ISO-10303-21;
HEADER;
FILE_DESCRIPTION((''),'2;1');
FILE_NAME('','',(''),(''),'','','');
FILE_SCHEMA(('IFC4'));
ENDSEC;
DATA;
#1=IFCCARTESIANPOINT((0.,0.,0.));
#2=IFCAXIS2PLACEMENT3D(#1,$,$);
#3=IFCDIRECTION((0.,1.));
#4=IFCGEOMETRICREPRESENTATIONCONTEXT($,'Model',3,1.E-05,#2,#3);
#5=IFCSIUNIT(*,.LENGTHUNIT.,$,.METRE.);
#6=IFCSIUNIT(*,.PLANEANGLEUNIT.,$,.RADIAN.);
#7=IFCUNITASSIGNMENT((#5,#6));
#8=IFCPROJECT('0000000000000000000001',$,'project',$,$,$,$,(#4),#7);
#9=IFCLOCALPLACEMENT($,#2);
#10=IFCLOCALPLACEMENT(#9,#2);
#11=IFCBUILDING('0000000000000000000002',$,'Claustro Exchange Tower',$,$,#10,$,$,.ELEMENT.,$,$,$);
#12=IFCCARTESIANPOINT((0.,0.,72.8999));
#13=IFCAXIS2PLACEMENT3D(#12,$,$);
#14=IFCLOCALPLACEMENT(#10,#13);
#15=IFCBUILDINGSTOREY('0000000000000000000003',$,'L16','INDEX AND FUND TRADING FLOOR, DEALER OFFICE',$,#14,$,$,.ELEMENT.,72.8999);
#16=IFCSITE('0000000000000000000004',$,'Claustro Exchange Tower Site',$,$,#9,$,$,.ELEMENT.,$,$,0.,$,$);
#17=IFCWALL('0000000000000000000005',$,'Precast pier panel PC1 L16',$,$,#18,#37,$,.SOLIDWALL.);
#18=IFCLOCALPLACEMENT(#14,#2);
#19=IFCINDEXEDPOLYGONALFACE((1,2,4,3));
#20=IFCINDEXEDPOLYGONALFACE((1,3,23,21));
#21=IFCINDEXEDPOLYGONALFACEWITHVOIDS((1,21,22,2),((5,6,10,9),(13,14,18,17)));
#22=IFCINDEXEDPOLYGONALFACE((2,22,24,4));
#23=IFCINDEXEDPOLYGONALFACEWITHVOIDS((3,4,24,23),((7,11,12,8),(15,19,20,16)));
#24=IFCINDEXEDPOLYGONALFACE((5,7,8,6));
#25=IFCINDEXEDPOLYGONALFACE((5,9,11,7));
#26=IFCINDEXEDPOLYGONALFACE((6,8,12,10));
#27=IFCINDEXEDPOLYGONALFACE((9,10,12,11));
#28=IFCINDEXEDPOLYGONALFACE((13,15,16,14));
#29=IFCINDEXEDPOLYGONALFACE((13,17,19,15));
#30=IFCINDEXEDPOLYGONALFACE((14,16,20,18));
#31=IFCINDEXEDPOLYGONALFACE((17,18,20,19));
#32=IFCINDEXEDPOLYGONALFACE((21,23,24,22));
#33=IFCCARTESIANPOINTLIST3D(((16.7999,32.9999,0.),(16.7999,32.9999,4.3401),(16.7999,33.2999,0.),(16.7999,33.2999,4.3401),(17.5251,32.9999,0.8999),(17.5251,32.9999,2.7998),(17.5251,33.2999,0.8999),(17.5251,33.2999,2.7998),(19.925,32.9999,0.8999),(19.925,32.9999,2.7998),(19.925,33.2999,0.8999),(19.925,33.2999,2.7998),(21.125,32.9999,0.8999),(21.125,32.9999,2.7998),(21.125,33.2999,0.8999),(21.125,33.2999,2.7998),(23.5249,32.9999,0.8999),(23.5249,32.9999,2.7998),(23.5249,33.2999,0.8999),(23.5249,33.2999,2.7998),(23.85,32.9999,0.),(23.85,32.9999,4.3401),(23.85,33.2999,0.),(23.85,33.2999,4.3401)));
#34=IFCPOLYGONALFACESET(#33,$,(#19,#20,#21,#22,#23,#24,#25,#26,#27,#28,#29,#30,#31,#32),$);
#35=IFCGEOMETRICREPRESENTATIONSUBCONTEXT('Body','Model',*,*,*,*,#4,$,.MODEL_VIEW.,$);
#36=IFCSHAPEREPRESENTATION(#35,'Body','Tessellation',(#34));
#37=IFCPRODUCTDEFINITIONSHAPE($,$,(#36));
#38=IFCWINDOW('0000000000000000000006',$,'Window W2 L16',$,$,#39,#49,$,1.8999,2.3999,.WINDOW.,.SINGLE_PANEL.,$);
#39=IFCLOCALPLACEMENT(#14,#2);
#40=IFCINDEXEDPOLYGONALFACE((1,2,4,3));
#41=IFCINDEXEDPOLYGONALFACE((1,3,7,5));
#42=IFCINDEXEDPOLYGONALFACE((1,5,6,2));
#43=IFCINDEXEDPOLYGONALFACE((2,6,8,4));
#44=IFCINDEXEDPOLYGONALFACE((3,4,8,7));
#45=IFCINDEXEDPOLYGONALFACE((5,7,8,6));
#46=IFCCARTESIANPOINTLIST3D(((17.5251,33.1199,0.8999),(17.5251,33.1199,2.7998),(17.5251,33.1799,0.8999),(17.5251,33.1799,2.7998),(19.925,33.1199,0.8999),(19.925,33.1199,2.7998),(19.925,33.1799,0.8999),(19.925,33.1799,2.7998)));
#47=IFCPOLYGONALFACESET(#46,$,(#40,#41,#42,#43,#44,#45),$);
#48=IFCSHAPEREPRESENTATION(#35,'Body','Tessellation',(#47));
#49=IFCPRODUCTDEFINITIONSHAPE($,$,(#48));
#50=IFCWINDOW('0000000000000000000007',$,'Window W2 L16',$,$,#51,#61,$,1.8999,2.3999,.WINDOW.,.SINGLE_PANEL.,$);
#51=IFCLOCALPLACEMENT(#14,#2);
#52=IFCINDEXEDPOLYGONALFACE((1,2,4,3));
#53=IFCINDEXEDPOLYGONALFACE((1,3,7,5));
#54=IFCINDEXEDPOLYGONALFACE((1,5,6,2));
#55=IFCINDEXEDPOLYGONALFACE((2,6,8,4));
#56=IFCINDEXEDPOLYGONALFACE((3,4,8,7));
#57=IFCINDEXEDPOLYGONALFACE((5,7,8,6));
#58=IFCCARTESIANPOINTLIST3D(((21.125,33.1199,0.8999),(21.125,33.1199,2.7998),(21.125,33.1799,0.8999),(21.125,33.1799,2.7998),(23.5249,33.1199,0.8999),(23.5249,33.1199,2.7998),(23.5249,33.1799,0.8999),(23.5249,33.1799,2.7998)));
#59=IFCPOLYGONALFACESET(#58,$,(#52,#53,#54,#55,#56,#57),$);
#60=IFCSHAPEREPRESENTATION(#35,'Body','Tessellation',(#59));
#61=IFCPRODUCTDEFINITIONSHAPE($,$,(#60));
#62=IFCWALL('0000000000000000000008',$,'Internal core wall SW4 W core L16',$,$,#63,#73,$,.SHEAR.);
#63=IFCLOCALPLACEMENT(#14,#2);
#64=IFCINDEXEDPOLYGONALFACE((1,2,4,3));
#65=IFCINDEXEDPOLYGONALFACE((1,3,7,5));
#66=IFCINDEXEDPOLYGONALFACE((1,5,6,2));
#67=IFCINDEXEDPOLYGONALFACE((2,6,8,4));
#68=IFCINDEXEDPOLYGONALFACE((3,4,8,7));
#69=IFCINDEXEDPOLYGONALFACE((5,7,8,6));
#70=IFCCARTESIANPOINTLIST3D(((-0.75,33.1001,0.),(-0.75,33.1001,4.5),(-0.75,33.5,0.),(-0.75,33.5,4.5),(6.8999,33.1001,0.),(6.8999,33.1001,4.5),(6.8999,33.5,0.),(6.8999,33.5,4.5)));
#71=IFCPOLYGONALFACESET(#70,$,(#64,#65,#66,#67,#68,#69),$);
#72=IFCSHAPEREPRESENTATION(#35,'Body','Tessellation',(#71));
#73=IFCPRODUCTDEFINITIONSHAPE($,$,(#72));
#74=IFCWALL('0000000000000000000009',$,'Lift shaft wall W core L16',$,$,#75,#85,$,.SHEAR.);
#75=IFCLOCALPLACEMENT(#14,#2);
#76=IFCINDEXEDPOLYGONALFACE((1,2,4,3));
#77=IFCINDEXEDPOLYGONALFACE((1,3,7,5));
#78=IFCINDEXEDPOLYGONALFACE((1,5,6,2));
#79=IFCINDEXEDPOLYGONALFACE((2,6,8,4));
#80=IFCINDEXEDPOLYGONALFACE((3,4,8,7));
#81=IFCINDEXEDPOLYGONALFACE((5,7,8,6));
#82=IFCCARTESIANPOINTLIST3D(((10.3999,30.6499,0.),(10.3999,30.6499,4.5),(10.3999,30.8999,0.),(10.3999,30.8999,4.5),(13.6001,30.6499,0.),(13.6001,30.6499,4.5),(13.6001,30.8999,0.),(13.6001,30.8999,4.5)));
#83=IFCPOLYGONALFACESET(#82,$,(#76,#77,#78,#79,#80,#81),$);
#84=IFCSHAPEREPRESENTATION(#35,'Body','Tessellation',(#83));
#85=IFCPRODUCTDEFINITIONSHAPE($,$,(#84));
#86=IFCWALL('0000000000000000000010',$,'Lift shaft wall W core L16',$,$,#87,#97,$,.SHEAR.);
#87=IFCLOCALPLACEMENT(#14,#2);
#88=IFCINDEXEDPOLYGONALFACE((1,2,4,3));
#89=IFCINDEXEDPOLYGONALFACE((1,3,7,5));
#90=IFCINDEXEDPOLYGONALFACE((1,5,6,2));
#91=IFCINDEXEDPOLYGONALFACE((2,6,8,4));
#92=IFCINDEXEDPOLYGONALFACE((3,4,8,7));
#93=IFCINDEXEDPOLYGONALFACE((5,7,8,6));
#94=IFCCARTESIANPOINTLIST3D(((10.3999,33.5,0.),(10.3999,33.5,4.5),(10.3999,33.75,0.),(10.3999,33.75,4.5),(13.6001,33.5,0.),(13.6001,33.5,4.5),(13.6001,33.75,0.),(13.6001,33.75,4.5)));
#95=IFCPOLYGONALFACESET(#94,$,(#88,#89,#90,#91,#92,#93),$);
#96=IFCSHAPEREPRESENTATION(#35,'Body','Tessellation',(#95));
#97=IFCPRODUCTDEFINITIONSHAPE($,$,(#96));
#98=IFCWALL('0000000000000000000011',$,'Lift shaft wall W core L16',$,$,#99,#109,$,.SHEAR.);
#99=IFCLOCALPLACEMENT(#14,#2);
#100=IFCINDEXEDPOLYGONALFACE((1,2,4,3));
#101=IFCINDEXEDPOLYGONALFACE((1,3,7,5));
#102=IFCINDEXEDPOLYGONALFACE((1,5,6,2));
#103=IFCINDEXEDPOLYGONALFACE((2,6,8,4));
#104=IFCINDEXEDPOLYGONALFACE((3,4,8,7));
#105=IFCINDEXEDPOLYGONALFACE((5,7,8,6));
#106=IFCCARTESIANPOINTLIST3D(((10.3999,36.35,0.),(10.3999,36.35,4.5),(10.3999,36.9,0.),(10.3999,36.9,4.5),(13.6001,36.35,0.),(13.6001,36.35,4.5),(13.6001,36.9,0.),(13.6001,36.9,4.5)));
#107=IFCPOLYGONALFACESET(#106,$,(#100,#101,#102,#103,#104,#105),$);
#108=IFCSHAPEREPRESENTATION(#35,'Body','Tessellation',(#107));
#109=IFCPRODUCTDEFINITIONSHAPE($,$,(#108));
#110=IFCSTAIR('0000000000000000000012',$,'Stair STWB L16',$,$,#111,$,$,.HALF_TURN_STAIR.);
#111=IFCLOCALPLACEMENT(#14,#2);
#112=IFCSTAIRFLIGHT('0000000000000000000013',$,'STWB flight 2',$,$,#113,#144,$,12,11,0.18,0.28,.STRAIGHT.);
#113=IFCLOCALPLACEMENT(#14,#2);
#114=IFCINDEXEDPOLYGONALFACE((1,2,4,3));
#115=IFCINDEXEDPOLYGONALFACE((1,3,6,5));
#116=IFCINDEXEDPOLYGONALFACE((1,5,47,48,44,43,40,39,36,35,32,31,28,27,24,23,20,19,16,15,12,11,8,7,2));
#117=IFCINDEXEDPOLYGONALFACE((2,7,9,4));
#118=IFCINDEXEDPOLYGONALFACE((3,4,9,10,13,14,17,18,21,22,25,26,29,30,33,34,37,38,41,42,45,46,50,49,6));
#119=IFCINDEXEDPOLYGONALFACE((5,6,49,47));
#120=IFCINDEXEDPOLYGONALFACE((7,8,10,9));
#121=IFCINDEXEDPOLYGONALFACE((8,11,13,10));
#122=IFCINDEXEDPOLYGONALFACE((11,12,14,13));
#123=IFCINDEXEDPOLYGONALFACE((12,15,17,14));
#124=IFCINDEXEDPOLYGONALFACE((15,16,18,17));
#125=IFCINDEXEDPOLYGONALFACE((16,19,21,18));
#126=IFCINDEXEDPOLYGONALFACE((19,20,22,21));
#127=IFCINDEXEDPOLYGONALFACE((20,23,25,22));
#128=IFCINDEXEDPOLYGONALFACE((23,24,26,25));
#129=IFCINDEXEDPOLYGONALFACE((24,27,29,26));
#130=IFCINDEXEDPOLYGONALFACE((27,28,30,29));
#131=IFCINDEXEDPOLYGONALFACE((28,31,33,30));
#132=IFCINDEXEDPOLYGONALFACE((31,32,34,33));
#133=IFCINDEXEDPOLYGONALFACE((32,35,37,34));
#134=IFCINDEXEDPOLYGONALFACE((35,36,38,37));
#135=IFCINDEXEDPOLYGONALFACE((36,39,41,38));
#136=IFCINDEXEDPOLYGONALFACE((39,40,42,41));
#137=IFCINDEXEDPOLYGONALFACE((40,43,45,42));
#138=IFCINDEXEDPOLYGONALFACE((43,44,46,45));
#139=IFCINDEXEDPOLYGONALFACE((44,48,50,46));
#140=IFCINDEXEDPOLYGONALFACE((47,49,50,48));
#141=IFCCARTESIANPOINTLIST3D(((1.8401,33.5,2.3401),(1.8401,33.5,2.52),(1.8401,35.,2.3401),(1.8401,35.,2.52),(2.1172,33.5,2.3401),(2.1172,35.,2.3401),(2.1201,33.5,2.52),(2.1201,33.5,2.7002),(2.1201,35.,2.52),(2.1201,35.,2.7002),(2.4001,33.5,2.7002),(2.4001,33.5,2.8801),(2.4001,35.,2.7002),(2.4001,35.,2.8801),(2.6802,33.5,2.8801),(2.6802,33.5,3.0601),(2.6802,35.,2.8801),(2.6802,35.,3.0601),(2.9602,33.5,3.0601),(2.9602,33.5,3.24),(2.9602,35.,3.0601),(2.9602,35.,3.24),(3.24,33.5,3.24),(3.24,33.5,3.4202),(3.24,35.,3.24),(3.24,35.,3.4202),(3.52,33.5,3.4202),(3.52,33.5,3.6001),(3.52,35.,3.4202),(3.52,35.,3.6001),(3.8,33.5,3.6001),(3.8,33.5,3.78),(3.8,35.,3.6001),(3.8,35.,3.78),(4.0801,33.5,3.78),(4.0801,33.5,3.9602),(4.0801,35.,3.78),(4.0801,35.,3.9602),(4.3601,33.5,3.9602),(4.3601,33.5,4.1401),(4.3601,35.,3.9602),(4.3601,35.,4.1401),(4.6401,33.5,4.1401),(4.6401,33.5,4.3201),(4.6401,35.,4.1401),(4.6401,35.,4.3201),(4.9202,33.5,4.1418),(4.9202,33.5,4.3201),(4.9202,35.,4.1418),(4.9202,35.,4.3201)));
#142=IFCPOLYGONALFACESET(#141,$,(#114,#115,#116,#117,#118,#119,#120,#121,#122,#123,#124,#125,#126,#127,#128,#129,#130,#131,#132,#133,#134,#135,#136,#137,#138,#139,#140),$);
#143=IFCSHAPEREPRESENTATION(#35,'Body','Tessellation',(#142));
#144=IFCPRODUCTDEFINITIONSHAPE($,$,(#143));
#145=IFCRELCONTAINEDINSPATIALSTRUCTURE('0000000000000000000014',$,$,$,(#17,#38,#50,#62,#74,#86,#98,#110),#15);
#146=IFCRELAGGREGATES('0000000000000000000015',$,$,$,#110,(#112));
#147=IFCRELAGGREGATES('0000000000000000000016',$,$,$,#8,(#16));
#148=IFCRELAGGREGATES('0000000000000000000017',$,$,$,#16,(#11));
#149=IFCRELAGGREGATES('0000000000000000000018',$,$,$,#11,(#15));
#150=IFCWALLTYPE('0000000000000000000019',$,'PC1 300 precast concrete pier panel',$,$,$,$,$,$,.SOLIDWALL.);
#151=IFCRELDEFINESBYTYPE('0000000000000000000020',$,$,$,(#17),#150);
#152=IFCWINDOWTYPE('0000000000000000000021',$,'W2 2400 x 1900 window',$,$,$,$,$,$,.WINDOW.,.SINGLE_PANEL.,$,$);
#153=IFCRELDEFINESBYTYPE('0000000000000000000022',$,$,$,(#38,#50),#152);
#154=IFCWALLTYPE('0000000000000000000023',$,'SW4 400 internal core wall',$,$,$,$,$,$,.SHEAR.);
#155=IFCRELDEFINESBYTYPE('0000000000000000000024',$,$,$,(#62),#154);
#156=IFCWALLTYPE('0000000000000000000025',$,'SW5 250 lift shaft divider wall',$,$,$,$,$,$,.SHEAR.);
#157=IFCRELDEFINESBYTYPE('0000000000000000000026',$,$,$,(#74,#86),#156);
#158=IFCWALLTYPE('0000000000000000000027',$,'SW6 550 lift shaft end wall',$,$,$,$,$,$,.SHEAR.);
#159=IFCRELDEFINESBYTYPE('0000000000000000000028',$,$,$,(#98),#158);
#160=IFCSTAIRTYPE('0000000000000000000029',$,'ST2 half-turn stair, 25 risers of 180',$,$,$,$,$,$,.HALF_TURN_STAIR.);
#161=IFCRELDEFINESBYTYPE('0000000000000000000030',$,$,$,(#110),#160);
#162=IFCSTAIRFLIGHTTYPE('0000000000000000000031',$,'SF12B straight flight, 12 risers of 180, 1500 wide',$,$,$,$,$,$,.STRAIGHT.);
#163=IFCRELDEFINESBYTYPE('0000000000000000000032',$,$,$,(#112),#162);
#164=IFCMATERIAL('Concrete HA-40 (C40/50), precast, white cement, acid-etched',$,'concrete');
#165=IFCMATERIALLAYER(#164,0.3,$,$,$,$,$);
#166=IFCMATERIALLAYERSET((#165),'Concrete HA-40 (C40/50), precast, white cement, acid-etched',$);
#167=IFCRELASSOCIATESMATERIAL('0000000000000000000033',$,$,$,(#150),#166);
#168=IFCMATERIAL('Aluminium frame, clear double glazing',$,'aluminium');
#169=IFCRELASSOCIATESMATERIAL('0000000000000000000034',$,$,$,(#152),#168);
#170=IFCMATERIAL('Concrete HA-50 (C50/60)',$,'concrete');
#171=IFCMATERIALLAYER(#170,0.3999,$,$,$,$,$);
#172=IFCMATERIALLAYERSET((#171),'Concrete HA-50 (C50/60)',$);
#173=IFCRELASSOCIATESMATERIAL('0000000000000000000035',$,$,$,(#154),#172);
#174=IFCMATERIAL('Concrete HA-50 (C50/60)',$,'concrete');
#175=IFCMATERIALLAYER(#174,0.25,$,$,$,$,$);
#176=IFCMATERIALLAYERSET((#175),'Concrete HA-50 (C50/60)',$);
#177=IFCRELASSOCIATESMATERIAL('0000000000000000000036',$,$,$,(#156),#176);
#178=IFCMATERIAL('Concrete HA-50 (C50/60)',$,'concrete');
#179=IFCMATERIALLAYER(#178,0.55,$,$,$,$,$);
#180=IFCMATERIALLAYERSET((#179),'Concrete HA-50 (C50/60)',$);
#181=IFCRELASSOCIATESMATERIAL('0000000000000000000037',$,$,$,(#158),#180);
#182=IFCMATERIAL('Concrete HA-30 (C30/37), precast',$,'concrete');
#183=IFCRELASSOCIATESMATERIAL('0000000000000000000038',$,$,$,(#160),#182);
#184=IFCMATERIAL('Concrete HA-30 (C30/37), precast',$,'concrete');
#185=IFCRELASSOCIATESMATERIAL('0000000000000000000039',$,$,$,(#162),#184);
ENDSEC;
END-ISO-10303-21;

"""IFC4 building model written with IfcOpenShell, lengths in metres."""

from ifc_helpers import new_model, si_unit, direction, frame, frame_2d, origin, place, context, subcontext, project, spatial, polyline, rectangle, outline, extrude, material, layer, layer_set, type_object, element, fill, aggregate, save


model = new_model("IFC4")

# Units and contexts
model_context = context("Model", 3, precision=1e-05, world=origin(), true_north=direction((0.0, 1.0)))
body_context = subcontext(model_context, "Body", "Model", "MODEL_VIEW")
ifc_project = project(units=[si_unit("LENGTHUNIT", "METRE"), si_unit("PLANEANGLEUNIT", "RADIAN")], contexts=[model_context])

# Site, building, storey
site_placement = place(None, origin())
site = spatial("IfcSite", under=ifc_project, at=site_placement, Name="Claustro Exchange Tower Site", CompositionType="ELEMENT", RefElevation=0.0)
building_placement = place(site_placement, origin())
building = spatial("IfcBuilding", under=site, at=building_placement, Name="Claustro Exchange Tower", CompositionType="ELEMENT")
storey_placement = place(building_placement, frame((0.0, 0.0, 72.8999)))
storey = spatial("IfcBuildingStorey", under=building, at=storey_placement, Name="L16", Description="INDEX AND FUND TRADING FLOOR, DEALER OFFICE", CompositionType="ELEMENT", Elevation=72.8999)

# Shared definitions
ifc_material_1 = material(Name="Concrete HA-40 (C40/50), precast, white cement, acid-etched", Category="concrete")
ifc_layer_1 = layer(ifc_material_1, 0.3)
ifc_layer_set_1 = layer_set([ifc_layer_1], Name="Concrete HA-40 (C40/50), precast, white cement, acid-etched")
wall_type_1 = type_object("IfcWallType", Name="PC1 300 precast concrete pier panel", PredefinedType="SOLIDWALL", material=ifc_layer_set_1)
ifc_material_2 = material(Name="Aluminium frame, clear double glazing", Category="aluminium")
window_type = type_object("IfcWindowType", Name="W2 2400 x 1900 window", PartitioningType="SINGLE_PANEL", PredefinedType="WINDOW", material=ifc_material_2)

# Wall, openings, windows
wall_1_placement = place(storey_placement, frame((16.8, 33.1499, 0.0), z_axis=(0.0, 0.0, 1.0), x_axis=(1.0, 0.0, 0.0)))
wall_1 = element("IfcWall", 1, at=wall_1_placement, inside=storey, type_object=wall_type_1, Name="Precast pier panel PC1 L16", PredefinedType="SOLIDWALL", context=body_context, shape_type="SweptSolid", body=[
    extrude(rectangle(XDim=7.05, YDim=0.3, at=frame_2d((3.5249, 0.0))), origin(), (0.0, 0.0, 1.0), 4.3401),
])
opening_1_placement = place(wall_1_placement, frame((0.7251, 0.0, 0.8999)))
opening_1 = element("IfcOpeningElement", 2, at=opening_1_placement, cuts=wall_1, PredefinedType="OPENING", context=body_context, shape_type="SweptSolid", body=[
    extrude(rectangle(XDim=2.3999, YDim=1.8999, at=frame_2d((1.2, 0.95))), frame((0.0, 0.1599, 0.0), z_axis=(0.0, -1.0, 0.0), x_axis=(1.0, 0.0, 0.0)), (0.0, 0.0, 1.0), 0.3201),
])
opening_2_placement = place(wall_1_placement, frame((4.325, 0.0, 0.8999)))
opening_2 = element("IfcOpeningElement", 3, at=opening_2_placement, cuts=wall_1, PredefinedType="OPENING", context=body_context, shape_type="SweptSolid", body=[
    extrude(rectangle(XDim=2.3999, YDim=1.8999, at=frame_2d((1.2, 0.95))), frame((0.0, 0.1599, 0.0), z_axis=(0.0, -1.0, 0.0), x_axis=(1.0, 0.0, 0.0)), (0.0, 0.0, 1.0), 0.3201),
])
window_1_placement = place(opening_1_placement, origin())
window_1 = element("IfcWindow", 4, at=window_1_placement, inside=storey, type_object=window_type, Name="Window W2 L16", OverallHeight=1.8999, OverallWidth=2.3999, PartitioningType="SINGLE_PANEL", PredefinedType="WINDOW", context=body_context, shape_type="SweptSolid", body=[
    extrude(rectangle(XDim=2.3999, YDim=1.8999, at=frame_2d((1.2, 0.95))), frame((0.0, 0.03, 0.0), z_axis=(0.0, -1.0, 0.0), x_axis=(1.0, 0.0, 0.0)), (0.0, 0.0, 1.0), 0.0601),
])
fill(opening_1, window_1)
window_2_placement = place(opening_2_placement, origin())
window_2 = element("IfcWindow", 5, at=window_2_placement, inside=storey, type_object=window_type, Name="Window W2 L16", OverallHeight=1.8999, OverallWidth=2.3999, PartitioningType="SINGLE_PANEL", PredefinedType="WINDOW", context=body_context, shape_type="SweptSolid", body=[
    extrude(rectangle(XDim=2.3999, YDim=1.8999, at=frame_2d((1.2, 0.95))), frame((0.0, 0.03, 0.0), z_axis=(0.0, -1.0, 0.0), x_axis=(1.0, 0.0, 0.0)), (0.0, 0.0, 1.0), 0.0601),
])
fill(opening_2, window_2)

# Walls
ifc_material_3 = material(Name="Concrete HA-50 (C50/60)", Category="concrete")
ifc_layer_2 = layer(ifc_material_3, 0.3999)
ifc_layer_set_2 = layer_set([ifc_layer_2], Name="Concrete HA-50 (C50/60)")
wall_type_2 = type_object("IfcWallType", Name="SW4 400 internal core wall", PredefinedType="SHEAR", material=ifc_layer_set_2)
wall_2_placement = place(storey_placement, frame((-0.75, 33.3, 0.0), z_axis=(0.0, 0.0, 1.0), x_axis=(1.0, 0.0, 0.0)))
element("IfcWall", 6, at=wall_2_placement, inside=storey, type_object=wall_type_2, Name="Internal core wall SW4 W core L16", PredefinedType="SHEAR", context=body_context, shape_type="SweptSolid", body=[
    extrude(rectangle(XDim=7.6499, YDim=0.3999, at=frame_2d((3.825, 0.0))), origin(), (0.0, 0.0, 1.0), 4.5),
])
ifc_material_4 = material(Name="Concrete HA-50 (C50/60)", Category="concrete")
ifc_layer_3 = layer(ifc_material_4, 0.25)
ifc_layer_set_3 = layer_set([ifc_layer_3], Name="Concrete HA-50 (C50/60)")
wall_type_3 = type_object("IfcWallType", Name="SW5 250 lift shaft divider wall", PredefinedType="SHEAR", material=ifc_layer_set_3)
for number, where, z_axis, x_axis, name in (
    (7, (10.3999, 30.7749, 0.0), (0.0, 0.0, 1.0), (1.0, 0.0, 0.0), "Lift shaft wall W core L16"),
    (8, (10.3999, 33.625, 0.0), (0.0, 0.0, 1.0), (1.0, 0.0, 0.0), "Lift shaft wall W core L16"),
):
    element("IfcWall", number, at=place(storey_placement, frame(where, z_axis=z_axis, x_axis=x_axis)), inside=storey, type_object=wall_type_3, Name=name, PredefinedType="SHEAR", context=body_context, shape_type="SweptSolid", body=[
        extrude(rectangle(XDim=3.2002, YDim=0.25, at=frame_2d((1.6001, 0.0))), origin(), (0.0, 0.0, 1.0), 4.5),
    ])
ifc_material_5 = material(Name="Concrete HA-50 (C50/60)", Category="concrete")
ifc_layer_4 = layer(ifc_material_5, 0.55)
ifc_layer_set_4 = layer_set([ifc_layer_4], Name="Concrete HA-50 (C50/60)")
wall_type_4 = type_object("IfcWallType", Name="SW6 550 lift shaft end wall", PredefinedType="SHEAR", material=ifc_layer_set_4)
wall_3_placement = place(storey_placement, frame((10.3999, 36.625, 0.0), z_axis=(0.0, 0.0, 1.0), x_axis=(1.0, 0.0, 0.0)))
element("IfcWall", 9, at=wall_3_placement, inside=storey, type_object=wall_type_4, Name="Lift shaft wall W core L16", PredefinedType="SHEAR", context=body_context, shape_type="SweptSolid", body=[
    extrude(rectangle(XDim=3.2002, YDim=0.55, at=frame_2d((1.6001, 0.0))), origin(), (0.0, 0.0, 1.0), 4.5),
])

# Stair, stair flight
ifc_material_6 = material(Name="Concrete HA-30 (C30/37), precast", Category="concrete")
stair_type = type_object("IfcStairType", Name="ST2 half-turn stair, 25 risers of 180", PredefinedType="HALF_TURN_STAIR", material=ifc_material_6)
stair_placement = place(storey_placement, origin())
stair = element("IfcStair", 10, at=stair_placement, inside=storey, type_object=stair_type, Name="Stair STWB L16", PredefinedType="HALF_TURN_STAIR")
ifc_material_7 = material(Name="Concrete HA-30 (C30/37), precast", Category="concrete")
stair_flight_type_1 = type_object("IfcStairFlightType", Name="SF12B straight flight, 12 risers of 180, 1500 wide", PredefinedType="STRAIGHT", material=ifc_material_7)
stair_flight_1_placement = place(storey_placement, frame((1.8401, 34.25, 2.3401), z_axis=(0.0, 0.0, 1.0), x_axis=(1.0, 0.0, 0.0)))
stair_flight_1 = element("IfcStairFlight", 11, at=stair_flight_1_placement, type_object=stair_flight_type_1, Name="STWB flight 2", NumberOfRisers=12, NumberOfTreads=11, PredefinedType="STRAIGHT", RiserHeight=0.18, TreadLength=0.28, context=body_context, shape_type="SweptSolid", body=[
    extrude(outline(polyline([(0.0, 0.0), (0.0, 0.1799), (0.28, 0.1799), (0.28, 0.3601), (0.5601, 0.3601), (0.5601, 0.54), (0.8401, 0.54), (0.8401, 0.72), (1.1201, 0.72), (1.1201, 0.8999), (1.3999, 0.8999), (1.3999, 1.0801), (1.6799, 1.0801), (1.6799, 1.26), (1.96, 1.26), (1.96, 1.4399), (2.24, 1.4399), (2.24, 1.6201), (2.52, 1.6201), (2.52, 1.8), (2.8, 1.8), (2.8, 1.98), (3.0801, 1.98), (3.0801, 2.1599), (3.0801, 1.8018), (0.2771, 0.0), (0.0, 0.0)])), frame((0.0, 0.75, 0.0), z_axis=(0.0, -1.0, 0.0), x_axis=(1.0, 0.0, 0.0)), (0.0, 0.0, 1.0), 1.5),
])
aggregate(stair, [stair_flight_1])

save(model, "model.ifc")
